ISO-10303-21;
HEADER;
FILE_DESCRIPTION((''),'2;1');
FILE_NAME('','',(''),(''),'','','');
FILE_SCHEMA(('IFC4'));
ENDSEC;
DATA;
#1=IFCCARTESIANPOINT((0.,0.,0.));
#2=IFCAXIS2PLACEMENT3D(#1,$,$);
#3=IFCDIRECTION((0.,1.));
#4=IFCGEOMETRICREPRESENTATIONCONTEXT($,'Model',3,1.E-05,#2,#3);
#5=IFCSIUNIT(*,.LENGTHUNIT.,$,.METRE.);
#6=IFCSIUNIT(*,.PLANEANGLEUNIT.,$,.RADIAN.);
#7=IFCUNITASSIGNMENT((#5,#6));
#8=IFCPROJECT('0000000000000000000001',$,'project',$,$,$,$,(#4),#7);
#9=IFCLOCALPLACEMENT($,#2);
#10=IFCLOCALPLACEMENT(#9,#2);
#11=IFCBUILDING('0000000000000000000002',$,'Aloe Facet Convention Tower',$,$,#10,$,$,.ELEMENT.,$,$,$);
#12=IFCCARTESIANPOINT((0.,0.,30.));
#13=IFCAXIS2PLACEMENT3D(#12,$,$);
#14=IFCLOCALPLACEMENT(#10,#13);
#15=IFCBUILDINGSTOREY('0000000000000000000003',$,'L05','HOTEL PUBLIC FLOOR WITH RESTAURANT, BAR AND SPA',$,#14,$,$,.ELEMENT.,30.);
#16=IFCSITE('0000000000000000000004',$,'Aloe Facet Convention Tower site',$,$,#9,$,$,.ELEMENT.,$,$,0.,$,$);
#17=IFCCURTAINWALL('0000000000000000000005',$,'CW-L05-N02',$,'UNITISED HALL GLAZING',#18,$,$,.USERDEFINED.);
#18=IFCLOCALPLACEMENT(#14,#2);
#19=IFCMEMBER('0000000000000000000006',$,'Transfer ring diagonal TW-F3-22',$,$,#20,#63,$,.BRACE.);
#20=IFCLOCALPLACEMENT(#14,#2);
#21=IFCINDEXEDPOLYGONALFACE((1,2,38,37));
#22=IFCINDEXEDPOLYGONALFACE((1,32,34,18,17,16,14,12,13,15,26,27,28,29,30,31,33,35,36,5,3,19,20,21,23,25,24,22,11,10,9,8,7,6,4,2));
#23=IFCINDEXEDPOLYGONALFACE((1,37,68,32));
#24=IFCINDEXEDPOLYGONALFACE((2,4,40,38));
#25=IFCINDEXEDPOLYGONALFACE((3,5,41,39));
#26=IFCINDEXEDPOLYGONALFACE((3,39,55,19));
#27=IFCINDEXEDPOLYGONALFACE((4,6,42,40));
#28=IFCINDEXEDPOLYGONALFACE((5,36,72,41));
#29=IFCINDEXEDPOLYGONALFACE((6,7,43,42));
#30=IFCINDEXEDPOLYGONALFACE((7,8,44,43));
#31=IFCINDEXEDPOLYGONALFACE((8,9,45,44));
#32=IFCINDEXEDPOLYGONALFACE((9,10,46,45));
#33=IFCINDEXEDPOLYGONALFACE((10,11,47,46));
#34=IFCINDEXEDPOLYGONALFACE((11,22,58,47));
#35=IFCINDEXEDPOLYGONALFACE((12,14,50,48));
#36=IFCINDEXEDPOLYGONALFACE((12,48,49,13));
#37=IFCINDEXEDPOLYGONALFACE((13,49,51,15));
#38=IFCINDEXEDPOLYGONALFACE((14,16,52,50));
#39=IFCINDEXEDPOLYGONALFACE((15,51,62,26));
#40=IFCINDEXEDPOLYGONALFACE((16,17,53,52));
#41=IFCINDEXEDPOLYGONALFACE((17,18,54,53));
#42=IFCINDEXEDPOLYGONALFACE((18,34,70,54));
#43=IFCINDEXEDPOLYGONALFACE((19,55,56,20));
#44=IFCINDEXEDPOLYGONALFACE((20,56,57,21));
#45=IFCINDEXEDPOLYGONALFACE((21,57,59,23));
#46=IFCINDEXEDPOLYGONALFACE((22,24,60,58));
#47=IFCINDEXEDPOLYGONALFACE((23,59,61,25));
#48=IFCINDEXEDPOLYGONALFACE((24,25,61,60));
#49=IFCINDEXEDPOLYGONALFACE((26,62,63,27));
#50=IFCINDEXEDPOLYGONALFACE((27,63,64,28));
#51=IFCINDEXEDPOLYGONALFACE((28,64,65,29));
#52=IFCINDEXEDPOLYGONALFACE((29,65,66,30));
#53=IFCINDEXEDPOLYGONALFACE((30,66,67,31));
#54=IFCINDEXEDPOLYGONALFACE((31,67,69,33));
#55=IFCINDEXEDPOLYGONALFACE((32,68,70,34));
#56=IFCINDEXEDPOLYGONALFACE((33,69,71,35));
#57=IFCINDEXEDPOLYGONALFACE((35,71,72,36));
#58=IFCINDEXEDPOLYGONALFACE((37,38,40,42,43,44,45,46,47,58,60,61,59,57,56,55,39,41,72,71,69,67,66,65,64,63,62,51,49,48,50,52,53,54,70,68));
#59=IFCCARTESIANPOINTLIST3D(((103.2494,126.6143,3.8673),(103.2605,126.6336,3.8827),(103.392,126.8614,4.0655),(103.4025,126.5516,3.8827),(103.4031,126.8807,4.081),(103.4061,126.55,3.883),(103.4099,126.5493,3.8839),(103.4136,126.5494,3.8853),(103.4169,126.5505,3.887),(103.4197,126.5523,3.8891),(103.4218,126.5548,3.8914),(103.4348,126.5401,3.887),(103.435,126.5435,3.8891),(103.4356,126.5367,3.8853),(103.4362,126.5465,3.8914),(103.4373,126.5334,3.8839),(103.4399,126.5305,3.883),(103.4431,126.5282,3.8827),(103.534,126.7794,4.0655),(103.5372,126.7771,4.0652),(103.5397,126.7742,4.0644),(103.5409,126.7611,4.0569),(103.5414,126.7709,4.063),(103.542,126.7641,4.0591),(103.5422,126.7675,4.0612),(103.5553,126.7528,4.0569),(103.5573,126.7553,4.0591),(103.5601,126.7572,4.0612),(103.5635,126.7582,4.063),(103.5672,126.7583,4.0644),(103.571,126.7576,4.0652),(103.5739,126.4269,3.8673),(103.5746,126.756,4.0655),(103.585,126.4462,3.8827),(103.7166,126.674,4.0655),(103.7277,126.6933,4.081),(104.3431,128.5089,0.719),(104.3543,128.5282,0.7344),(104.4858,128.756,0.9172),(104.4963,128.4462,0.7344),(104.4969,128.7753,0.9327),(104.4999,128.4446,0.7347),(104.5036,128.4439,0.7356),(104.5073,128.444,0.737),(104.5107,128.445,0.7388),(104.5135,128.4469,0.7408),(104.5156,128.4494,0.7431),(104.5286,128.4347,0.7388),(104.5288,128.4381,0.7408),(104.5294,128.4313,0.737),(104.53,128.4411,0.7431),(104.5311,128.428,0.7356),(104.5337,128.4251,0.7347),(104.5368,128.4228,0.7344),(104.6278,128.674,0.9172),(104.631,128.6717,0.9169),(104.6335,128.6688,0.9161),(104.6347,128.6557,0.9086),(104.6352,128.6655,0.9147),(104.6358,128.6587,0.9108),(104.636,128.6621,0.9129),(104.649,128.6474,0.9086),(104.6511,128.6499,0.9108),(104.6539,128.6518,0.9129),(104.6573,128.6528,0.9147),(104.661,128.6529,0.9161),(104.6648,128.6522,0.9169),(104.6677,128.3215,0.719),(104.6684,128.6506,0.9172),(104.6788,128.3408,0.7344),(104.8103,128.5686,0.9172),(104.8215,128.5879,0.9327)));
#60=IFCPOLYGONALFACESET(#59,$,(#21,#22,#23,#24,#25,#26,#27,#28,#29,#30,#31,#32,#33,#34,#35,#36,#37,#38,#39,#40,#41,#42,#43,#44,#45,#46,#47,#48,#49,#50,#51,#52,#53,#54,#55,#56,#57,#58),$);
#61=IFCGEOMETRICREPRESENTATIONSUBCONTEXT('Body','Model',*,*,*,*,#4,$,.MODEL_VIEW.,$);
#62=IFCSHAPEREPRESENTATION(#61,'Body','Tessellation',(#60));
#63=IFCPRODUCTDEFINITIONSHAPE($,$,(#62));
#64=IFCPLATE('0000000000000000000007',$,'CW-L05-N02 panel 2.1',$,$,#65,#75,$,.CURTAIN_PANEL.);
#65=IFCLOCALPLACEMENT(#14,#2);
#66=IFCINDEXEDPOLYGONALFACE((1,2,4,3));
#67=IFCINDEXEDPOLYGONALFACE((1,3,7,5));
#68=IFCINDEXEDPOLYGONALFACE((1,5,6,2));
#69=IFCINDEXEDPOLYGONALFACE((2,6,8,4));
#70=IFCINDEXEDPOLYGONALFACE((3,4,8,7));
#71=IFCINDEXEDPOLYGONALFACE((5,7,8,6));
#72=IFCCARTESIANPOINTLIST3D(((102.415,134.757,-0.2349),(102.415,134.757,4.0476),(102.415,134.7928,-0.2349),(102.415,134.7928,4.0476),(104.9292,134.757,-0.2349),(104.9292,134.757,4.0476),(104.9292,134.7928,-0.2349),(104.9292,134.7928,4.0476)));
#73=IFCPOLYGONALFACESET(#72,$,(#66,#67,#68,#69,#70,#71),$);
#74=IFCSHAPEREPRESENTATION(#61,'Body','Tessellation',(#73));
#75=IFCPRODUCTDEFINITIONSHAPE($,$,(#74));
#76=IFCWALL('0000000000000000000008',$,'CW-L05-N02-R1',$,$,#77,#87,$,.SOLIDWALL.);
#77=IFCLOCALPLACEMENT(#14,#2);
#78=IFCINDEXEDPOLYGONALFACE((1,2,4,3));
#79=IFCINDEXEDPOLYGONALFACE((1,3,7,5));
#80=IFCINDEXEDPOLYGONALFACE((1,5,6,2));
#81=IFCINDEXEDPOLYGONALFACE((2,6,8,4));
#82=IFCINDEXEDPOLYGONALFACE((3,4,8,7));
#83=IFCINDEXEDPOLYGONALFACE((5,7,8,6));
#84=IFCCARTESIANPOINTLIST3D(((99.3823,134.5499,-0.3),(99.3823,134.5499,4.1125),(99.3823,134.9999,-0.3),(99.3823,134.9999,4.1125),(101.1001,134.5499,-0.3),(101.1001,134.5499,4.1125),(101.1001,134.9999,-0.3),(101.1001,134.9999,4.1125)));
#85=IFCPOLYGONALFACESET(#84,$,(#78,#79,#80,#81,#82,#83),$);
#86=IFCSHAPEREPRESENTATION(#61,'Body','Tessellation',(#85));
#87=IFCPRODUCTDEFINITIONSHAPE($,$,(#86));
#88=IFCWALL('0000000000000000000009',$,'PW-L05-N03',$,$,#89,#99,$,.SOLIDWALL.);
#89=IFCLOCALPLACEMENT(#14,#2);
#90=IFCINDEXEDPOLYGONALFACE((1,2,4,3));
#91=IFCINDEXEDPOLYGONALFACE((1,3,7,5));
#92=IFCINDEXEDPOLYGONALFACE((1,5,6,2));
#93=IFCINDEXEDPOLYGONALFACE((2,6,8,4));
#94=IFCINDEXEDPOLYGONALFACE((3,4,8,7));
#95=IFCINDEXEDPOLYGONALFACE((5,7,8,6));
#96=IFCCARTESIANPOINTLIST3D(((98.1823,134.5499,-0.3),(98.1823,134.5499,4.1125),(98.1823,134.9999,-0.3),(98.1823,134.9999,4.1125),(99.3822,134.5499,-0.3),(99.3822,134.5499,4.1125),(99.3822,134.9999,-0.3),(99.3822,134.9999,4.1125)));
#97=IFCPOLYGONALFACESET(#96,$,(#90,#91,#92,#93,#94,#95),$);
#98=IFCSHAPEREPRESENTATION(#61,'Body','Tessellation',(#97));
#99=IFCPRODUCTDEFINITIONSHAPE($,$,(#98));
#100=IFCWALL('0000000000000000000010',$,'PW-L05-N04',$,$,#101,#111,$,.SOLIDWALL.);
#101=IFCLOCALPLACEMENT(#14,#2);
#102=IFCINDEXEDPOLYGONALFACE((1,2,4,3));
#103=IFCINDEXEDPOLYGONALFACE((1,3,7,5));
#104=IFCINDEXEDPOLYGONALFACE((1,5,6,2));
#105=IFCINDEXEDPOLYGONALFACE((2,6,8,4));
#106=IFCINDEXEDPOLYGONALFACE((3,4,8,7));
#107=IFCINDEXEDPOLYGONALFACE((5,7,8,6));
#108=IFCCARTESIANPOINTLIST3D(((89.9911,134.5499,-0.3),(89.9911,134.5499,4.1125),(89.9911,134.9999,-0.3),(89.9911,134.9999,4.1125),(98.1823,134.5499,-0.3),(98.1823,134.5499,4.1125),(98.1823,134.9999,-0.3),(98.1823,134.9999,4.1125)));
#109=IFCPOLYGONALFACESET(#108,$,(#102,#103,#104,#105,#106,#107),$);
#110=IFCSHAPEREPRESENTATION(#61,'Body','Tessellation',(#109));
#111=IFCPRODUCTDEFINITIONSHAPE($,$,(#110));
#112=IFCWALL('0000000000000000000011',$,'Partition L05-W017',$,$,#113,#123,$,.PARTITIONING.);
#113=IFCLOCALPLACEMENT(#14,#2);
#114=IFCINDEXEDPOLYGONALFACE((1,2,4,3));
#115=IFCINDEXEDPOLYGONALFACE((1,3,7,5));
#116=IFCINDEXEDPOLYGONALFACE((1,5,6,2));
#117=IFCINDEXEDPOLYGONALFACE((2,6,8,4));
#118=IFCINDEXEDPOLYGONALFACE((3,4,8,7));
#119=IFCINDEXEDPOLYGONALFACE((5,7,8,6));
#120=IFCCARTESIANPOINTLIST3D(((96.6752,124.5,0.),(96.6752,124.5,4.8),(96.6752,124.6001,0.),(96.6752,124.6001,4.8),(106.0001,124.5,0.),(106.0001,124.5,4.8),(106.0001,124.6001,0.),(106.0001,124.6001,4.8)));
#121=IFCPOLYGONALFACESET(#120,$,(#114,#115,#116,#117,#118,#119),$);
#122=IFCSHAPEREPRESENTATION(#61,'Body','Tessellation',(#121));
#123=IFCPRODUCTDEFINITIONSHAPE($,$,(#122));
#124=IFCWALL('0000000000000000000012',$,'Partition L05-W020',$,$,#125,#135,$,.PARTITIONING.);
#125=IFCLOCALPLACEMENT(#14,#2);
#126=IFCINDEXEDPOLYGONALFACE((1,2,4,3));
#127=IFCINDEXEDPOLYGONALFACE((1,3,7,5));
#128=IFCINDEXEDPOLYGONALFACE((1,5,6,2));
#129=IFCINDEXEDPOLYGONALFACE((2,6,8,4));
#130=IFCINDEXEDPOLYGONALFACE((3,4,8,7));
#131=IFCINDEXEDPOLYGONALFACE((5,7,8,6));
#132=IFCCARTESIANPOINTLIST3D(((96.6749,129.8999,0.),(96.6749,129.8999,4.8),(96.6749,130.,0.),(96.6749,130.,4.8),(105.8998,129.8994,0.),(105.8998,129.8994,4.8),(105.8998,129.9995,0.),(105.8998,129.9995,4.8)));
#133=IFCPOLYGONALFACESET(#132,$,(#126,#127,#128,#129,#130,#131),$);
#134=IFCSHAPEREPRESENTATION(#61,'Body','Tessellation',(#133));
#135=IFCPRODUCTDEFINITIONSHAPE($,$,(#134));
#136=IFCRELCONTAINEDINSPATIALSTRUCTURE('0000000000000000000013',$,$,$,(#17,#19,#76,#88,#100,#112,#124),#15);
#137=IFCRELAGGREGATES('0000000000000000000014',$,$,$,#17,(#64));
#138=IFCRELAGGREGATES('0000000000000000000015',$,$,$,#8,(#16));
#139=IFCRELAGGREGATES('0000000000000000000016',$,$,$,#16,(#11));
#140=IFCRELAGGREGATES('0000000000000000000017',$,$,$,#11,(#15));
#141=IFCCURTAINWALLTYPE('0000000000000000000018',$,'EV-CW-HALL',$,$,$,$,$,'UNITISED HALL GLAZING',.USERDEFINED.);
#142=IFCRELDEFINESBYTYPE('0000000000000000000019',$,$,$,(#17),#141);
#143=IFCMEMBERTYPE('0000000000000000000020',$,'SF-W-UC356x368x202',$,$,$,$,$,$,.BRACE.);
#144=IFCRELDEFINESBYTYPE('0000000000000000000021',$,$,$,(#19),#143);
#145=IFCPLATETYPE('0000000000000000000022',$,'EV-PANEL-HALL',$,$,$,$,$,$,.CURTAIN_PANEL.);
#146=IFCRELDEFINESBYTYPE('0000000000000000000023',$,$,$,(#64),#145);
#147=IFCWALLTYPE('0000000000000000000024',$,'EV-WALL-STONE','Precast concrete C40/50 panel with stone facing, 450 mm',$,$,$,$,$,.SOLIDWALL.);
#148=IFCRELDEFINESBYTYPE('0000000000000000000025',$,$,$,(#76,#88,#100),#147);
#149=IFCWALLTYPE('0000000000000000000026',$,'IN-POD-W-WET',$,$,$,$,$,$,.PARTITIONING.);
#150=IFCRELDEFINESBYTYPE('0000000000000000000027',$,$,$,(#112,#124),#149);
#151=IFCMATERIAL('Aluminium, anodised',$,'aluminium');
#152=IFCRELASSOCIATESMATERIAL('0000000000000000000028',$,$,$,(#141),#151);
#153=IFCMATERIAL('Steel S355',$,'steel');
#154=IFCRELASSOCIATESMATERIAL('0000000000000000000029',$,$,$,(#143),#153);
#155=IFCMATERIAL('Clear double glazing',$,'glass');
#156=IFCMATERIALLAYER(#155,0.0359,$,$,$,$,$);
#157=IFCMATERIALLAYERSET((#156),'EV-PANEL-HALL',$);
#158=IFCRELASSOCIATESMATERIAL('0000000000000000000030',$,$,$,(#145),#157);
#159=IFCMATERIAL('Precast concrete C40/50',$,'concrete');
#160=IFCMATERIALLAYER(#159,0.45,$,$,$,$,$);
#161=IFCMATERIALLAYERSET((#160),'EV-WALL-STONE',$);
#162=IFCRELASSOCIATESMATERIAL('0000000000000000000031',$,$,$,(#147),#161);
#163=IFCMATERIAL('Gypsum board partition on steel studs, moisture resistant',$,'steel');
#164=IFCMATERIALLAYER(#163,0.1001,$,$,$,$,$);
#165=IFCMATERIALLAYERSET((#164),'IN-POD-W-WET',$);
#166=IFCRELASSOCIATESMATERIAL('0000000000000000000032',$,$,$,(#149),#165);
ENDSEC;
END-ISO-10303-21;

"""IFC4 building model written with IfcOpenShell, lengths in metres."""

from ifc_helpers import new_model, si_unit, direction, frame, frame_2d, origin, origin_2d, place, context, subcontext, project, spatial, rectangle, i_section, extrude, material, layer, layer_set, material_profile, profile_set, type_object, element, aggregate, save


model = new_model("IFC4")

# Units and contexts
model_context = context("Model", 3, precision=1e-05, world=origin(), true_north=direction((0.0, 1.0)))
body_context = subcontext(model_context, "Body", "Model", "MODEL_VIEW")
ifc_project = project(units=[si_unit("LENGTHUNIT", "METRE"), si_unit("PLANEANGLEUNIT", "RADIAN")], contexts=[model_context])

# Site, building, storey
site_placement = place(None, origin())
site = spatial("IfcSite", under=ifc_project, at=site_placement, Name="Aloe Facet Convention Tower site", CompositionType="ELEMENT", RefElevation=0.0)
building_placement = place(site_placement, origin())
building = spatial("IfcBuilding", under=site, at=building_placement, Name="Aloe Facet Convention Tower", CompositionType="ELEMENT")
storey_placement = place(building_placement, frame((0.0, 0.0, 30.0)))
storey = spatial("IfcBuildingStorey", under=building, at=storey_placement, Name="L05", Description="HOTEL PUBLIC FLOOR WITH RESTAURANT, BAR AND SPA", CompositionType="ELEMENT", Elevation=30.0)

# Curtain wall
ifc_material_1 = material(Name="Aluminium, anodised", Category="aluminium")
curtain_wall_type = type_object("IfcCurtainWallType", Name="EV-CW-HALL", ElementType="UNITISED HALL GLAZING", PredefinedType="USERDEFINED", material=ifc_material_1)
curtain_wall_1_placement = place(storey_placement, origin())
curtain_wall_1 = element("IfcCurtainWall", 1, at=curtain_wall_1_placement, inside=storey, type_object=curtain_wall_type, Name="CW-L05-N02", ObjectType="UNITISED HALL GLAZING", PredefinedType="USERDEFINED")

# Member
ifc_material_2 = material(Name="Steel S355", Category="steel")
ifc_material_profile_1 = material_profile(ifc_material_2, i_section(OverallWidth=0.3748, OverallDepth=0.3745, WebThickness=0.0166, FlangeThickness=0.0271, FilletRadius=0.0151, at=origin_2d()), Name="UC 356x368x202")
ifc_profile_set_1 = profile_set([ifc_material_profile_1], Name="Steel S355")
member_type_1 = type_object("IfcMemberType", Name="SF-W-UC356x368x202", PredefinedType="BRACE", material=ifc_profile_set_1)
for number, where, z_axis, x_axis, name in (
    (2, (103.4885, 126.6538, 3.9741), (0.285305, 0.494188, -0.821206), (-0.866037, 0.49998, 0.0), "Transfer ring diagonal TW-F3-22"),
):
    element("IfcMember", number, at=place(storey_placement, frame(where, z_axis=z_axis, x_axis=x_axis)), inside=storey, type_object=member_type_1, Name=name, PredefinedType="BRACE", context=body_context, shape_type="SweptSolid", body=[
        extrude(i_section(OverallWidth=0.3748, OverallDepth=0.3745, WebThickness=0.0166, FlangeThickness=0.0271, FilletRadius=0.0151, at=origin_2d()), origin(), (0.0, 0.0, 1.0), 3.8337),
    ])

# Plate
ifc_material_3 = material(Name="Clear double glazing", Category="glass")
ifc_layer_1 = layer(ifc_material_3, 0.0359)
ifc_layer_set_1 = layer_set([ifc_layer_1], Name="EV-PANEL-HALL")
plate_type = type_object("IfcPlateType", Name="EV-PANEL-HALL", PredefinedType="CURTAIN_PANEL", material=ifc_layer_set_1)
plate_placement = place(storey_placement, frame((103.6721, 134.7749, -0.2349), z_axis=(0.0, 0.0, 1.0), x_axis=(-1.0, 0.0, 0.0)))
plate = element("IfcPlate", 3, at=plate_placement, type_object=plate_type, Name="CW-L05-N02 panel 2.1", PredefinedType="CURTAIN_PANEL", context=body_context, shape_type="SweptSolid", body=[
    extrude(rectangle(XDim=2.5142, YDim=0.0359, at=origin_2d()), origin(), (0.0, 0.0, 1.0), 4.2825),
])
aggregate(curtain_wall_1, [plate])

# Walls
ifc_material_4 = material(Name="Precast concrete C40/50", Category="concrete")
ifc_layer_2 = layer(ifc_material_4, 0.45)
ifc_layer_set_2 = layer_set([ifc_layer_2], Name="EV-WALL-STONE")
wall_type_1 = type_object("IfcWallType", Name="EV-WALL-STONE", Description="Precast concrete C40/50 panel with stone facing, 450 mm", PredefinedType="SOLIDWALL", material=ifc_layer_set_2)
wall_1_placement = place(storey_placement, frame((101.1001, 134.7749, -0.3), z_axis=(0.0, 0.0, 1.0), x_axis=(-1.0, 0.0, 0.0)))
element("IfcWall", 4, at=wall_1_placement, inside=storey, type_object=wall_type_1, Name="CW-L05-N02-R1", PredefinedType="SOLIDWALL", context=body_context, shape_type="SweptSolid", body=[
    extrude(rectangle(XDim=1.7178, YDim=0.45, at=frame_2d((0.8589, 0.0))), origin(), (0.0, 0.0, 1.0), 4.4126),
])
wall_2_placement = place(storey_placement, frame((99.3823, 134.7749, -0.3), z_axis=(0.0, 0.0, 1.0), x_axis=(-1.0, 0.0, 0.0)))
element("IfcWall", 5, at=wall_2_placement, inside=storey, type_object=wall_type_1, Name="PW-L05-N03", PredefinedType="SOLIDWALL", context=body_context, shape_type="SweptSolid", body=[
    extrude(rectangle(XDim=1.2, YDim=0.45, at=frame_2d((0.6001, 0.0))), origin(), (0.0, 0.0, 1.0), 4.4126),
])
wall_3_placement = place(storey_placement, frame((98.1824, 134.7749, -0.3), z_axis=(0.0, 0.0, 1.0), x_axis=(-1.0, 0.0, 0.0)))
element("IfcWall", 6, at=wall_3_placement, inside=storey, type_object=wall_type_1, Name="PW-L05-N04", PredefinedType="SOLIDWALL", context=body_context, shape_type="SweptSolid", body=[
    extrude(rectangle(XDim=8.1912, YDim=0.45, at=frame_2d((4.0957, 0.0))), origin(), (0.0, 0.0, 1.0), 4.4126),
])
ifc_material_5 = material(Name="Gypsum board partition on steel studs, moisture resistant", Category="steel")
ifc_layer_3 = layer(ifc_material_5, 0.1001)
ifc_layer_set_3 = layer_set([ifc_layer_3], Name="IN-POD-W-WET")
wall_type_2 = type_object("IfcWallType", Name="IN-POD-W-WET", PredefinedType="PARTITIONING", material=ifc_layer_set_3)
wall_4_placement = place(storey_placement, frame((96.675, 124.55, 0.0), z_axis=(0.0, 0.0, 1.0), x_axis=(1.0, 0.0, 0.0)))
element("IfcWall", 7, at=wall_4_placement, inside=storey, type_object=wall_type_2, Name="Partition L05-W017", PredefinedType="PARTITIONING", context=body_context, shape_type="SweptSolid", body=[
    extrude(rectangle(XDim=9.325, YDim=0.1001, at=frame_2d((4.6626, 0.0))), origin(), (0.0, 0.0, 1.0), 4.8),
])
wall_5_placement = place(storey_placement, frame((96.675, 129.95, 0.0), z_axis=(0.0, 0.0, 1.0), x_axis=(1.0, -0.000053, 0.0)))
element("IfcWall", 8, at=wall_5_placement, inside=storey, type_object=wall_type_2, Name="Partition L05-W020", PredefinedType="PARTITIONING", context=body_context, shape_type="SweptSolid", body=[
    extrude(rectangle(XDim=9.2249, YDim=0.1001, at=frame_2d((4.6123, 0.0))), origin(), (0.0, 0.0, 1.0), 4.8),
])

save(model, "model.ifc")
